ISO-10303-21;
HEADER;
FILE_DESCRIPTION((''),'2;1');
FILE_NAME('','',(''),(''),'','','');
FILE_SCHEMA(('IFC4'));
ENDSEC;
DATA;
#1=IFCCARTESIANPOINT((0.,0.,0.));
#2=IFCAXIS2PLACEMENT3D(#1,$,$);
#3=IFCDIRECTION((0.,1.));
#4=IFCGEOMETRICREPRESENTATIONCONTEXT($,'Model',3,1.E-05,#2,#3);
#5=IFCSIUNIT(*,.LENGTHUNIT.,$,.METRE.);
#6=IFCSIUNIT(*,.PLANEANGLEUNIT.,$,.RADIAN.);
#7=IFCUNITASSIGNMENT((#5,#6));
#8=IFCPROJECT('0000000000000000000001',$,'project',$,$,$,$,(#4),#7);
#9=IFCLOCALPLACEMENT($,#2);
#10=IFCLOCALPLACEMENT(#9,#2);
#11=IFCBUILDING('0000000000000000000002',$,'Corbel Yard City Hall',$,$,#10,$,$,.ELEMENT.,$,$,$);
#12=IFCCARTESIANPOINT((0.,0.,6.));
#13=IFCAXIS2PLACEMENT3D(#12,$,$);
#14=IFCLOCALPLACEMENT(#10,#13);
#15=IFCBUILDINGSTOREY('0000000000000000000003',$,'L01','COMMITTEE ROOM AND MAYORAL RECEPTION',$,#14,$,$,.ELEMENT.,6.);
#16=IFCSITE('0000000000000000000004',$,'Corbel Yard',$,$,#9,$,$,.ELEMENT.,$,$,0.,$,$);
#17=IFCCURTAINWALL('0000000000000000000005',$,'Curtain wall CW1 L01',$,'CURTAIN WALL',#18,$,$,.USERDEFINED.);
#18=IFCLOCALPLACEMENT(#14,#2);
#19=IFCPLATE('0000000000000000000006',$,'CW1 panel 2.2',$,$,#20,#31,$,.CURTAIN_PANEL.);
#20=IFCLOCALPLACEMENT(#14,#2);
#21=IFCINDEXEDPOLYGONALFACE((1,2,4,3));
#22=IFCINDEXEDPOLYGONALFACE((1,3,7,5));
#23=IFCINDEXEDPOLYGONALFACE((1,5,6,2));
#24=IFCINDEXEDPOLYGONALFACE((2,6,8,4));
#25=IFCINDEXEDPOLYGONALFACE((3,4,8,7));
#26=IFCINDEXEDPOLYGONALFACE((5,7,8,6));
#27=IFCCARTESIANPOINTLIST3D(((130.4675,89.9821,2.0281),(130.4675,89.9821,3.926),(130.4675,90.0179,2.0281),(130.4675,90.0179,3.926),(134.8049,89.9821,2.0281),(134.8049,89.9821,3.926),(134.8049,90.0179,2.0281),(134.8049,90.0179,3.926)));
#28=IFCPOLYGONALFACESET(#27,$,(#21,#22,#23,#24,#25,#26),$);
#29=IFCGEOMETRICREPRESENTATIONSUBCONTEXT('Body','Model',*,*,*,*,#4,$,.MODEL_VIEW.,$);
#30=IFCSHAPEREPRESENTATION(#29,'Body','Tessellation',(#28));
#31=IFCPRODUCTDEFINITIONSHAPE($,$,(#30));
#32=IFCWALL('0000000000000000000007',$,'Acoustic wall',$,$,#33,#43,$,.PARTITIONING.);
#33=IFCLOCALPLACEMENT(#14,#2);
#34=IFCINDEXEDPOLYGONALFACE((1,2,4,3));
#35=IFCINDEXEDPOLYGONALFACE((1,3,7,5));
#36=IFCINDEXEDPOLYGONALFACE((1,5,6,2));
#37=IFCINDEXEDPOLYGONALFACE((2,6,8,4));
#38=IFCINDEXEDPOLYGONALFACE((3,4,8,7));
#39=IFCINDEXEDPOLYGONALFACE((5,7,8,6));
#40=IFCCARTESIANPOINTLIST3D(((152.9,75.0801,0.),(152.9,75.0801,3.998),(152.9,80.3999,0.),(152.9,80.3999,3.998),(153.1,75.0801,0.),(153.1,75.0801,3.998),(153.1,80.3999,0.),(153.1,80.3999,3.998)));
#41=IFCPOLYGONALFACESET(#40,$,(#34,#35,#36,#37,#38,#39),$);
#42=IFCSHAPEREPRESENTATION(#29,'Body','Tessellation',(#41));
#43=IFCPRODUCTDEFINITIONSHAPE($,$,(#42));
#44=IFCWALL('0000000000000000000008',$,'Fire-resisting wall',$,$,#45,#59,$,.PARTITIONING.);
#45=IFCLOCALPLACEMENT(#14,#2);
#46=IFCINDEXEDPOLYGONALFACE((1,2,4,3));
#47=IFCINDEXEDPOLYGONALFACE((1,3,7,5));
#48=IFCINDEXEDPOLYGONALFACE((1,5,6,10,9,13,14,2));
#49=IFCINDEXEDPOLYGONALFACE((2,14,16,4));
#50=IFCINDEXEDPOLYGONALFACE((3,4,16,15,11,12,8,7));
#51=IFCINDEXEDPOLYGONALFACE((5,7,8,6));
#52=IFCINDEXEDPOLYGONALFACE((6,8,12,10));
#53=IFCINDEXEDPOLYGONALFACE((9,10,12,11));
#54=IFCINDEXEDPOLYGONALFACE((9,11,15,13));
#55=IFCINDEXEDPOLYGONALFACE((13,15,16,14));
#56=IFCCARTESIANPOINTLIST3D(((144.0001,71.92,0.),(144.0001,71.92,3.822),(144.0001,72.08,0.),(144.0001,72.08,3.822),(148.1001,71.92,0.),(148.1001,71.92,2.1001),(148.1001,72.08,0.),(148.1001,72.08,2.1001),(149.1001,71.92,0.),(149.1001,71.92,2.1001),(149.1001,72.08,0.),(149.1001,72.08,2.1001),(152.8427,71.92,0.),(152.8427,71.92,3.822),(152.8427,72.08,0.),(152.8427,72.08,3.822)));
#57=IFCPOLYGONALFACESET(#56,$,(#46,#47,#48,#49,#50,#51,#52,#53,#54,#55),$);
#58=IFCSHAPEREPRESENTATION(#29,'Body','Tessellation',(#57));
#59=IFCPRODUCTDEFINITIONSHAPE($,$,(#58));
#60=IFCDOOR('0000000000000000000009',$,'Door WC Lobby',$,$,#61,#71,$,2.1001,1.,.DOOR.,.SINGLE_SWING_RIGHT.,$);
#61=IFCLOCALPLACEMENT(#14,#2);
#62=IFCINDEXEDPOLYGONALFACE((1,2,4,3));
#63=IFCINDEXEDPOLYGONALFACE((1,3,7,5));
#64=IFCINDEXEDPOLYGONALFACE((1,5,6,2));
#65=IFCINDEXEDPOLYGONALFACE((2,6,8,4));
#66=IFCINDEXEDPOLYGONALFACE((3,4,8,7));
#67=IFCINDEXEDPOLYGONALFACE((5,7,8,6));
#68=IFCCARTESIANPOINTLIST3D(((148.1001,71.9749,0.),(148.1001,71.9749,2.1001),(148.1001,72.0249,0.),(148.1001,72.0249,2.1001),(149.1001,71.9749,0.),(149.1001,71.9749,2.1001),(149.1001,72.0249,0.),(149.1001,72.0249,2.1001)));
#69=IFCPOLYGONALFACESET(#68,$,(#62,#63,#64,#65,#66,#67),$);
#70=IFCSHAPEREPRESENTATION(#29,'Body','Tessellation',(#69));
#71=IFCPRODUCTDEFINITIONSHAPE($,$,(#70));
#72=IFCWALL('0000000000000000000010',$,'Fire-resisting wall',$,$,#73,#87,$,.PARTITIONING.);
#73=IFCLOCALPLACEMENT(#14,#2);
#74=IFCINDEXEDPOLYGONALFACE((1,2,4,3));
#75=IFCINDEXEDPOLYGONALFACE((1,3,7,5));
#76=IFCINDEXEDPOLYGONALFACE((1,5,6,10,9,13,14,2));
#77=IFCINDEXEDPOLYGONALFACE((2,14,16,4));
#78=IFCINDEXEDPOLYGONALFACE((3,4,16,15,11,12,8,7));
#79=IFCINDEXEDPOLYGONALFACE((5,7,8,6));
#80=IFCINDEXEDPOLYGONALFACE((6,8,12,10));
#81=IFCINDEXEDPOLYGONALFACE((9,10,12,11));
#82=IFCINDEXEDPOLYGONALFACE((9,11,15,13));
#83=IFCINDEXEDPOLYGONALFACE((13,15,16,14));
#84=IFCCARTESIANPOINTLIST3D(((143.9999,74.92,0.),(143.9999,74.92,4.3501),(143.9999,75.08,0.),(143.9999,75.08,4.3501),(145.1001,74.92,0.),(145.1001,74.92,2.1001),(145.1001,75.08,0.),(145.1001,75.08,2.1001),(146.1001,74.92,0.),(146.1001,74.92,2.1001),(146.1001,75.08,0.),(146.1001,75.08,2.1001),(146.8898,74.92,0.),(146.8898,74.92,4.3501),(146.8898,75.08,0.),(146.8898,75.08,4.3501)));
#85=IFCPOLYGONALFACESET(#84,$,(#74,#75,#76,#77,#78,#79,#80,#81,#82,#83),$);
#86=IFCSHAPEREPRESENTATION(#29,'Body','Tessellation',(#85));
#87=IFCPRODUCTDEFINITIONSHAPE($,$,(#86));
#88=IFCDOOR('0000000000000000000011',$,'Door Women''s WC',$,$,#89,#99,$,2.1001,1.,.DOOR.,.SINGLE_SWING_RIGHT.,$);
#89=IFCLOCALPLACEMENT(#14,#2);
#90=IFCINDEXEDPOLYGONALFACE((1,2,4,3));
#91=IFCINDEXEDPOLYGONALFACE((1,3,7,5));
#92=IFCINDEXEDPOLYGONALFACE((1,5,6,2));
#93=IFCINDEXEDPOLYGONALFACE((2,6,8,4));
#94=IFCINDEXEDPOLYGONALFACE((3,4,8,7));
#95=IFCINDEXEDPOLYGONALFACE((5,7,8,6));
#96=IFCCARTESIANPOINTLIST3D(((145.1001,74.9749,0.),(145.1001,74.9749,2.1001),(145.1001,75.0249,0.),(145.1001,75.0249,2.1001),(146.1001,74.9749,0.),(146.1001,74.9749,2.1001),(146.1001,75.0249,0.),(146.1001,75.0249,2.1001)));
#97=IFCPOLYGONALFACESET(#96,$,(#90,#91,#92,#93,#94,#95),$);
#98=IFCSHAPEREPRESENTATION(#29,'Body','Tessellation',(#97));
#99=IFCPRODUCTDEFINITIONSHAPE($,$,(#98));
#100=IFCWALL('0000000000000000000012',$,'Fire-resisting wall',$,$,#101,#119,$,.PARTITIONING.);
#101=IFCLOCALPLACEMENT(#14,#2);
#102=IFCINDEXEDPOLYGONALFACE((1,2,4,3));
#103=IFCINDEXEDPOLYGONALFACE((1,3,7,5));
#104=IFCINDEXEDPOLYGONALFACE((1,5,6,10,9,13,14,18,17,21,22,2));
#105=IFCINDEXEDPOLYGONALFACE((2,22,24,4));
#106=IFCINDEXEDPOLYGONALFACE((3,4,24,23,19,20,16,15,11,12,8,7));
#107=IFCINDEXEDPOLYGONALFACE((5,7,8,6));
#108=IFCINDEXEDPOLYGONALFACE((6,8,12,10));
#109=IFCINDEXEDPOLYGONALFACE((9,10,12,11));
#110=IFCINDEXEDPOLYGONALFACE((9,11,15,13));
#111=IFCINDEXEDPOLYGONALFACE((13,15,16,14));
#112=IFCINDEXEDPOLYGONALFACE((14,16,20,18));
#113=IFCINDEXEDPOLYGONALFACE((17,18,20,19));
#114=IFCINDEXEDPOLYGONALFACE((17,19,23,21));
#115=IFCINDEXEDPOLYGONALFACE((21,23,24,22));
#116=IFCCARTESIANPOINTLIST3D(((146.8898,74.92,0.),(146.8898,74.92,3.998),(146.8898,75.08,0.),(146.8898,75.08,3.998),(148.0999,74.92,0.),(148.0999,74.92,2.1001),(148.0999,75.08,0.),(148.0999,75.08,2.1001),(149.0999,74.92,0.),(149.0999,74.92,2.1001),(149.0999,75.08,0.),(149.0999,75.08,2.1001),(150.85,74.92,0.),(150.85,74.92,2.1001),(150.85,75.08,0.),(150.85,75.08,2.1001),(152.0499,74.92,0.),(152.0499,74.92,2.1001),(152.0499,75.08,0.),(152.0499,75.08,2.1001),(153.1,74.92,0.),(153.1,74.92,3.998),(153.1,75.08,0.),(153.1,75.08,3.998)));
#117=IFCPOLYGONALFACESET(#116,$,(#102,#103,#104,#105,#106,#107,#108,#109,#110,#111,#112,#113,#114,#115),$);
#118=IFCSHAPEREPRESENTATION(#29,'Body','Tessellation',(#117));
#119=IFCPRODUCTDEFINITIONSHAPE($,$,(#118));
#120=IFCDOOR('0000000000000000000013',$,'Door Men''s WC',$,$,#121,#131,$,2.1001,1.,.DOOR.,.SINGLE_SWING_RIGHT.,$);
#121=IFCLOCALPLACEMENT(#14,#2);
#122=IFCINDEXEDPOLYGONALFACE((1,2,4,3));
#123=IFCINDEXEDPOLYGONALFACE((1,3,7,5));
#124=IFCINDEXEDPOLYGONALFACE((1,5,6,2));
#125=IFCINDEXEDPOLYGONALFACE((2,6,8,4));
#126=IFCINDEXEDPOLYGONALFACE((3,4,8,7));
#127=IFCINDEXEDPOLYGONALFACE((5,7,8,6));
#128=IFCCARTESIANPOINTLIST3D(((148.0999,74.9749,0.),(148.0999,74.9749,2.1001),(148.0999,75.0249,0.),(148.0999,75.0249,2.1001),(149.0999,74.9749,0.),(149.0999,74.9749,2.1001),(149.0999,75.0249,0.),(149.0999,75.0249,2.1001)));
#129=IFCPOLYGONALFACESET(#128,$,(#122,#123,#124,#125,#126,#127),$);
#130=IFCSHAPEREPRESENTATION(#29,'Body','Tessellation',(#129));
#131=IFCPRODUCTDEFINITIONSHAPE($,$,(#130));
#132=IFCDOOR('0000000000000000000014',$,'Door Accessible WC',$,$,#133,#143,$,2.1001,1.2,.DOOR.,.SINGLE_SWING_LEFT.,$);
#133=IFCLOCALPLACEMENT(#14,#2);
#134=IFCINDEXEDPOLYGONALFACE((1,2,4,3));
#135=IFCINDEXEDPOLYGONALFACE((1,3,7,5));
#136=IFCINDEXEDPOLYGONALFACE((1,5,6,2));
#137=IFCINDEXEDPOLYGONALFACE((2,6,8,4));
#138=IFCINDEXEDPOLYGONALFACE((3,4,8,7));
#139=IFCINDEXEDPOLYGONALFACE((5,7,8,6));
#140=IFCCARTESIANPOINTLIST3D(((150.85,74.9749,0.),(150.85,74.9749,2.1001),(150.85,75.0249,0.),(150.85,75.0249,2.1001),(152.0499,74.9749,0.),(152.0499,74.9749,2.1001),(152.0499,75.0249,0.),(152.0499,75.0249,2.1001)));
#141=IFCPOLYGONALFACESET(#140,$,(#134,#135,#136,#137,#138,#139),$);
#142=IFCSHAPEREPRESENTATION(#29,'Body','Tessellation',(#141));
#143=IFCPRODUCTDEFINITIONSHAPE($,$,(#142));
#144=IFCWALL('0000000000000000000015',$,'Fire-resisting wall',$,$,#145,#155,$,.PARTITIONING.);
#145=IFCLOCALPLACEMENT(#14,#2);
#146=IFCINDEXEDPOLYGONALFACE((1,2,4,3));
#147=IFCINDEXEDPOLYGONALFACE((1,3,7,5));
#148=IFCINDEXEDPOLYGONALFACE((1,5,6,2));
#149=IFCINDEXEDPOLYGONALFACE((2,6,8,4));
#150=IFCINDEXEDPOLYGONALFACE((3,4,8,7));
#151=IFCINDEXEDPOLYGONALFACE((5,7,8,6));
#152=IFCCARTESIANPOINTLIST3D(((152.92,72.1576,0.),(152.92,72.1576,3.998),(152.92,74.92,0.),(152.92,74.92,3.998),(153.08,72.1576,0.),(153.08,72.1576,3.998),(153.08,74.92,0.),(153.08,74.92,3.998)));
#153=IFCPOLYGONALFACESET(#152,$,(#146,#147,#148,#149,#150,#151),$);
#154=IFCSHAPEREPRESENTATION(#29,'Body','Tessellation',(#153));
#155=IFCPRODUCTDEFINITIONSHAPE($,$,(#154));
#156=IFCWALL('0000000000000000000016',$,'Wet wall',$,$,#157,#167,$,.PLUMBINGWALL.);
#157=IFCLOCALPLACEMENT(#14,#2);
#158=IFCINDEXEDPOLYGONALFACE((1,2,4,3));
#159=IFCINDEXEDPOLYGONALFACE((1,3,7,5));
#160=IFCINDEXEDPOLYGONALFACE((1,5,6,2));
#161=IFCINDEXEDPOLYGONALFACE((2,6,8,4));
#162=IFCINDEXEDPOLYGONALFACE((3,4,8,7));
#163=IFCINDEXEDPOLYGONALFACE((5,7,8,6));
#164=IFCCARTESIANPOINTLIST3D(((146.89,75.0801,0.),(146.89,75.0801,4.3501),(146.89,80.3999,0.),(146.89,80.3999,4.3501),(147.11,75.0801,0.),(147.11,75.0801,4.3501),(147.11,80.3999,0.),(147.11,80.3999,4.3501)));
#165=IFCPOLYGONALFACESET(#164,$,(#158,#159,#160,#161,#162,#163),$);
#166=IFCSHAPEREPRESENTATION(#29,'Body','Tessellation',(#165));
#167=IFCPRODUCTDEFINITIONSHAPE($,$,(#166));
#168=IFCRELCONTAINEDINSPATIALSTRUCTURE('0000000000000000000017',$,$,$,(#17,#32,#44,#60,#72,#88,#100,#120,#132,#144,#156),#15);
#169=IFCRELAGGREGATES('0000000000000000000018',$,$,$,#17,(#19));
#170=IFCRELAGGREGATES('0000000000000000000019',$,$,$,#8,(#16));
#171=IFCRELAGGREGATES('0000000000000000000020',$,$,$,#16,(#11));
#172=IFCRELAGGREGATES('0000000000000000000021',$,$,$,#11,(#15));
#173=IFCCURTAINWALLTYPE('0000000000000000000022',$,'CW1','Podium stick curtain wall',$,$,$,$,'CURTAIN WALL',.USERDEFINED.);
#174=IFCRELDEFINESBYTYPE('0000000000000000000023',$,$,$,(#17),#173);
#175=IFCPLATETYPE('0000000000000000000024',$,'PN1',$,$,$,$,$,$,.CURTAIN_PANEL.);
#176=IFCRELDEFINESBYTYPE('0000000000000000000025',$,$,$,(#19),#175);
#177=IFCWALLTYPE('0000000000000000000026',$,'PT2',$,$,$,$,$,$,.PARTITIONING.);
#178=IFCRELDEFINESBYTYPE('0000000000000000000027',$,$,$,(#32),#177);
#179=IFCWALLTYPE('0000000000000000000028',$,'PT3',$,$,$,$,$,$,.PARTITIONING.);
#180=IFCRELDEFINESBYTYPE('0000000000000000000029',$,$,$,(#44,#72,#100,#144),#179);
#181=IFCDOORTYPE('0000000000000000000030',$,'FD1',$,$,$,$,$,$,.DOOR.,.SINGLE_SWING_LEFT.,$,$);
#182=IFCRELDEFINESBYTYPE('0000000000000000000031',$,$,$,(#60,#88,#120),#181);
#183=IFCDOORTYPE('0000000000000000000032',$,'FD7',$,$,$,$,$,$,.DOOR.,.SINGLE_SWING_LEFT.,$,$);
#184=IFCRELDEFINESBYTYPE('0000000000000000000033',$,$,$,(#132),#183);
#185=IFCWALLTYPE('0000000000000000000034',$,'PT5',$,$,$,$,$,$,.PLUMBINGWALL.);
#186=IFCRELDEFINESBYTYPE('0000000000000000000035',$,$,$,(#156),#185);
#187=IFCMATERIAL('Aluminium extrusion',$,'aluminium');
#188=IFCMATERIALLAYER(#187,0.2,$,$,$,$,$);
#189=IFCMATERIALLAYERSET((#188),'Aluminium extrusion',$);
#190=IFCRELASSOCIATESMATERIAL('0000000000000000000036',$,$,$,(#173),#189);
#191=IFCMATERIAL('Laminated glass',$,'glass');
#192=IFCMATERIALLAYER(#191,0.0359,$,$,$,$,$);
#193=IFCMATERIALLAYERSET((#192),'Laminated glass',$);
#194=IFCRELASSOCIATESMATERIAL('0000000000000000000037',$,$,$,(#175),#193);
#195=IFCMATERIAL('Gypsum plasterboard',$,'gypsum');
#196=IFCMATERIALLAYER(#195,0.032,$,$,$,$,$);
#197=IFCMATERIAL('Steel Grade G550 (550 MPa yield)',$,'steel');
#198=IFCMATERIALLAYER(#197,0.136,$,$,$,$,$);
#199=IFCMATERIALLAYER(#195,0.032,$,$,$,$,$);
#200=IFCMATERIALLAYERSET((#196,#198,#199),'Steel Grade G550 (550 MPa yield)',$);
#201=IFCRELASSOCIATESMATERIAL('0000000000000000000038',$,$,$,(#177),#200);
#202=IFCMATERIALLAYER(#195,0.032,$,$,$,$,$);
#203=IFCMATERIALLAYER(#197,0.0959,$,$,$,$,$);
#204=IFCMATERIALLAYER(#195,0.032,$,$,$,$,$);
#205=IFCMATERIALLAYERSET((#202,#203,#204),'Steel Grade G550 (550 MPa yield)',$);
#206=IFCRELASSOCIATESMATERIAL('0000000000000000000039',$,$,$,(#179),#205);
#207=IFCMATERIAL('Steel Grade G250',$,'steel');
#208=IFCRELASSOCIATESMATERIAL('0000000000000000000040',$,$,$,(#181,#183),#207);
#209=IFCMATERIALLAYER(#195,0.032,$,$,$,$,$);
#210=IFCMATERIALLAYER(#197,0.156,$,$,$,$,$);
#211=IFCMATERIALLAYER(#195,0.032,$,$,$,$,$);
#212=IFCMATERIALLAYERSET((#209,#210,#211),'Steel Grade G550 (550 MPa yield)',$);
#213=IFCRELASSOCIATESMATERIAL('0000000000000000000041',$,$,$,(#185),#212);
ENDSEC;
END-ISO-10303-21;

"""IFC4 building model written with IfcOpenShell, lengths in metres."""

from ifc_helpers import new_model, si_unit, direction, frame, frame_2d, origin, origin_2d, place, context, subcontext, project, spatial, rectangle, extrude, material, layer, layer_set, type_object, element, fill, aggregate, save


model = new_model("IFC4")

# Units and contexts
model_context = context("Model", 3, precision=1e-05, world=origin(), true_north=direction((0.0, 1.0)))
body_context = subcontext(model_context, "Body", "Model", "MODEL_VIEW")
ifc_project = project(units=[si_unit("LENGTHUNIT", "METRE"), si_unit("PLANEANGLEUNIT", "RADIAN")], contexts=[model_context])

# Site, building, storey
site_placement = place(None, origin())
site = spatial("IfcSite", under=ifc_project, at=site_placement, Name="Corbel Yard", CompositionType="ELEMENT", RefElevation=0.0)
building_placement = place(site_placement, origin())
building = spatial("IfcBuilding", under=site, at=building_placement, Name="Corbel Yard City Hall", CompositionType="ELEMENT")
storey_placement = place(building_placement, frame((0.0, 0.0, 6.0)))
storey = spatial("IfcBuildingStorey", under=building, at=storey_placement, Name="L01", Description="COMMITTEE ROOM AND MAYORAL RECEPTION", CompositionType="ELEMENT", Elevation=6.0)

# Curtain wall
ifc_material_1 = material(Name="Aluminium extrusion", Category="aluminium")
ifc_layer_1 = layer(ifc_material_1, 0.2)
ifc_layer_set_1 = layer_set([ifc_layer_1], Name="Aluminium extrusion")
curtain_wall_type = type_object("IfcCurtainWallType", Name="CW1", Description="Podium stick curtain wall", ElementType="CURTAIN WALL", PredefinedType="USERDEFINED", material=ifc_layer_set_1)
curtain_wall_1_placement = place(storey_placement, origin())
curtain_wall_1 = element("IfcCurtainWall", 1, at=curtain_wall_1_placement, inside=storey, type_object=curtain_wall_type, Name="Curtain wall CW1 L01", ObjectType="CURTAIN WALL", PredefinedType="USERDEFINED")

# Plate
ifc_material_2 = material(Name="Laminated glass", Category="glass")
ifc_layer_2 = layer(ifc_material_2, 0.0359)
ifc_layer_set_2 = layer_set([ifc_layer_2], Name="Laminated glass")
plate_type = type_object("IfcPlateType", Name="PN1", PredefinedType="CURTAIN_PANEL", material=ifc_layer_set_2)
plate_1_placement = place(storey_placement, frame((132.6362, 90.0, 2.0281), z_axis=(0.0, 0.0, 1.0), x_axis=(1.0, 0.0, 0.0)))
plate_1 = element("IfcPlate", 2, at=plate_1_placement, type_object=plate_type, Name="CW1 panel 2.2", PredefinedType="CURTAIN_PANEL", context=body_context, shape_type="SweptSolid", body=[
    extrude(rectangle(XDim=4.3374, YDim=0.0359, at=origin_2d()), origin(), (0.0, 0.0, 1.0), 1.8979),
])
aggregate(curtain_wall_1, [plate_1])

# Wall
ifc_material_3 = material(Name="Gypsum plasterboard", Category="gypsum")
ifc_layer_3 = layer(ifc_material_3, 0.032)
ifc_material_4 = material(Name="Steel Grade G550 (550 MPa yield)", Category="steel")
ifc_layer_4 = layer(ifc_material_4, 0.136)
ifc_layer_5 = layer(ifc_material_3, 0.032)
ifc_layer_set_3 = layer_set([ifc_layer_3, ifc_layer_4, ifc_layer_5], Name="Steel Grade G550 (550 MPa yield)")
wall_type_1 = type_object("IfcWallType", Name="PT2", PredefinedType="PARTITIONING", material=ifc_layer_set_3)
wall_1_placement = place(storey_placement, frame((153.0, 75.0801, 0.0), z_axis=(0.0, 0.0, 1.0), x_axis=(0.0, 1.0, 0.0)))
element("IfcWall", 3, at=wall_1_placement, inside=storey, type_object=wall_type_1, Name="Acoustic wall", PredefinedType="PARTITIONING", context=body_context, shape_type="SweptSolid", body=[
    extrude(rectangle(XDim=5.3198, YDim=0.2, at=frame_2d((2.6599, 0.0))), origin(), (0.0, 0.0, 1.0), 3.998),
])

# Walls, openings, doors
ifc_layer_6 = layer(ifc_material_3, 0.032)
ifc_layer_7 = layer(ifc_material_4, 0.0959)
ifc_layer_8 = layer(ifc_material_3, 0.032)
ifc_layer_set_4 = layer_set([ifc_layer_6, ifc_layer_7, ifc_layer_8], Name="Steel Grade G550 (550 MPa yield)")
wall_type_2 = type_object("IfcWallType", Name="PT3", PredefinedType="PARTITIONING", material=ifc_layer_set_4)
wall_2_placement = place(storey_placement, frame((144.0, 72.0, 0.0), z_axis=(0.0, 0.0, 1.0), x_axis=(1.0, 0.0, 0.0)))
wall_2 = element("IfcWall", 4, at=wall_2_placement, inside=storey, type_object=wall_type_2, Name="Fire-resisting wall", PredefinedType="PARTITIONING", context=body_context, shape_type="SweptSolid", body=[
    extrude(rectangle(XDim=8.8425, YDim=0.1599, at=frame_2d((4.4214, 0.0))), origin(), (0.0, 0.0, 1.0), 3.822),
])
opening_1_placement = place(wall_2_placement, frame((4.1001, 0.0, 0.0)))
opening_1 = element("IfcOpeningElement", 5, at=opening_1_placement, cuts=wall_2, PredefinedType="OPENING", context=body_context, shape_type="SweptSolid", body=[
    extrude(rectangle(XDim=1.0, YDim=2.1001, at=frame_2d((0.5, 1.05))), frame((0.0, 0.0898, 0.0), z_axis=(0.0, -1.0, 0.0), x_axis=(1.0, 0.0, 0.0)), (0.0, 0.0, 1.0), 0.1799),
])
ifc_material_5 = material(Name="Steel Grade G250", Category="steel")
door_type_1 = type_object("IfcDoorType", Name="FD1", OperationType="SINGLE_SWING_LEFT", PredefinedType="DOOR", material=ifc_material_5)
door_1_placement = place(opening_1_placement, origin())
door_1 = element("IfcDoor", 6, at=door_1_placement, inside=storey, type_object=door_type_1, Name="Door WC Lobby", OperationType="SINGLE_SWING_RIGHT", OverallHeight=2.1001, OverallWidth=1.0, PredefinedType="DOOR", context=body_context, shape_type="SweptSolid", body=[
    extrude(rectangle(XDim=1.0, YDim=2.1001, at=frame_2d((0.5, 1.05))), frame((0.0, 0.0249, 0.0), z_axis=(0.0, -1.0, 0.0), x_axis=(1.0, 0.0, 0.0)), (0.0, 0.0, 1.0), 0.05),
])
fill(opening_1, door_1)
wall_3_placement = place(storey_placement, frame((144.0, 75.0, 0.0), z_axis=(0.0, 0.0, 1.0), x_axis=(1.0, 0.0, 0.0)))
wall_3 = element("IfcWall", 7, at=wall_3_placement, inside=storey, type_object=wall_type_2, Name="Fire-resisting wall", PredefinedType="PARTITIONING", context=body_context, shape_type="SweptSolid", body=[
    extrude(rectangle(XDim=2.8899, YDim=0.1599, at=frame_2d((1.4448, 0.0))), origin(), (0.0, 0.0, 1.0), 4.3501),
])
opening_2_placement = place(wall_3_placement, frame((1.1001, 0.0, 0.0)))
opening_2 = element("IfcOpeningElement", 8, at=opening_2_placement, cuts=wall_3, PredefinedType="OPENING", context=body_context, shape_type="SweptSolid", body=[
    extrude(rectangle(XDim=1.0, YDim=2.1001, at=frame_2d((0.5, 1.05))), frame((0.0, 0.0898, 0.0), z_axis=(0.0, -1.0, 0.0), x_axis=(1.0, 0.0, 0.0)), (0.0, 0.0, 1.0), 0.1799),
])
door_2_placement = place(opening_2_placement, origin())
door_2 = element("IfcDoor", 9, at=door_2_placement, inside=storey, type_object=door_type_1, Name="Door Women's WC", OperationType="SINGLE_SWING_RIGHT", OverallHeight=2.1001, OverallWidth=1.0, PredefinedType="DOOR", context=body_context, shape_type="SweptSolid", body=[
    extrude(rectangle(XDim=1.0, YDim=2.1001, at=frame_2d((0.5, 1.05))), frame((0.0, 0.0249, 0.0), z_axis=(0.0, -1.0, 0.0), x_axis=(1.0, 0.0, 0.0)), (0.0, 0.0, 1.0), 0.05),
])
fill(opening_2, door_2)

# Wall, openings, doors
wall_4_placement = place(storey_placement, frame((146.8899, 75.0, 0.0), z_axis=(0.0, 0.0, 1.0), x_axis=(1.0, 0.0, 0.0)))
wall_4 = element("IfcWall", 10, at=wall_4_placement, inside=storey, type_object=wall_type_2, Name="Fire-resisting wall", PredefinedType="PARTITIONING", context=body_context, shape_type="SweptSolid", body=[
    extrude(rectangle(XDim=6.2102, YDim=0.1599, at=frame_2d((3.105, 0.0))), origin(), (0.0, 0.0, 1.0), 3.998),
])
opening_3_placement = place(wall_4_placement, frame((1.21, 0.0, 0.0)))
opening_3 = element("IfcOpeningElement", 11, at=opening_3_placement, cuts=wall_4, PredefinedType="OPENING", context=body_context, shape_type="SweptSolid", body=[
    extrude(rectangle(XDim=1.0, YDim=2.1001, at=frame_2d((0.5, 1.05))), frame((0.0, 0.0898, 0.0), z_axis=(0.0, -1.0, 0.0), x_axis=(1.0, 0.0, 0.0)), (0.0, 0.0, 1.0), 0.1799),
])
opening_4_placement = place(wall_4_placement, frame((3.96, 0.0, 0.0)))
opening_4 = element("IfcOpeningElement", 12, at=opening_4_placement, cuts=wall_4, PredefinedType="OPENING", context=body_context, shape_type="SweptSolid", body=[
    extrude(rectangle(XDim=1.2, YDim=2.1001, at=frame_2d((0.6001, 1.05))), frame((0.0, 0.0898, 0.0), z_axis=(0.0, -1.0, 0.0), x_axis=(1.0, 0.0, 0.0)), (0.0, 0.0, 1.0), 0.1799),
])
door_3_placement = place(opening_3_placement, origin())
door_3 = element("IfcDoor", 13, at=door_3_placement, inside=storey, type_object=door_type_1, Name="Door Men's WC", OperationType="SINGLE_SWING_RIGHT", OverallHeight=2.1001, OverallWidth=1.0, PredefinedType="DOOR", context=body_context, shape_type="SweptSolid", body=[
    extrude(rectangle(XDim=1.0, YDim=2.1001, at=frame_2d((0.5, 1.05))), frame((0.0, 0.0249, 0.0), z_axis=(0.0, -1.0, 0.0), x_axis=(1.0, 0.0, 0.0)), (0.0, 0.0, 1.0), 0.05),
])
fill(opening_3, door_3)
door_type_2 = type_object("IfcDoorType", Name="FD7", OperationType="SINGLE_SWING_LEFT", PredefinedType="DOOR", material=ifc_material_5)
door_4_placement = place(opening_4_placement, origin())
door_4 = element("IfcDoor", 14, at=door_4_placement, inside=storey, type_object=door_type_2, Name="Door Accessible WC", OperationType="SINGLE_SWING_LEFT", OverallHeight=2.1001, OverallWidth=1.2, PredefinedType="DOOR", context=body_context, shape_type="SweptSolid", body=[
    extrude(rectangle(XDim=1.2, YDim=2.1001, at=frame_2d((0.6001, 1.05))), frame((0.0, 0.0249, 0.0), z_axis=(0.0, -1.0, 0.0), x_axis=(1.0, 0.0, 0.0)), (0.0, 0.0, 1.0), 0.05),
])
fill(opening_4, door_4)

# Walls
wall_5_placement = place(storey_placement, frame((153.0, 72.1575, 0.0), z_axis=(0.0, 0.0, 1.0), x_axis=(0.0, 1.0, 0.0)))
element("IfcWall", 15, at=wall_5_placement, inside=storey, type_object=wall_type_2, Name="Fire-resisting wall", PredefinedType="PARTITIONING", context=body_context, shape_type="SweptSolid", body=[
    extrude(rectangle(XDim=2.7625, YDim=0.1599, at=frame_2d((1.3813, 0.0))), origin(), (0.0, 0.0, 1.0), 3.998),
])
ifc_layer_9 = layer(ifc_material_3, 0.032)
ifc_layer_10 = layer(ifc_material_4, 0.156)
ifc_layer_11 = layer(ifc_material_3, 0.032)
ifc_layer_set_5 = layer_set([ifc_layer_9, ifc_layer_10, ifc_layer_11], Name="Steel Grade G550 (550 MPa yield)")
wall_type_3 = type_object("IfcWallType", Name="PT5", PredefinedType="PLUMBINGWALL", material=ifc_layer_set_5)
for number, where, z_axis, x_axis, name in (
    (16, (147.0, 75.0801, 0.0), (0.0, 0.0, 1.0), (0.0, 1.0, 0.0), "Wet wall"),
):
    element("IfcWall", number, at=place(storey_placement, frame(where, z_axis=z_axis, x_axis=x_axis)), inside=storey, type_object=wall_type_3, Name=name, PredefinedType="PLUMBINGWALL", context=body_context, shape_type="SweptSolid", body=[
        extrude(rectangle(XDim=5.3198, YDim=0.22, at=frame_2d((2.6599, 0.0))), origin(), (0.0, 0.0, 1.0), 4.3501),
    ])

save(model, "model.ifc")
